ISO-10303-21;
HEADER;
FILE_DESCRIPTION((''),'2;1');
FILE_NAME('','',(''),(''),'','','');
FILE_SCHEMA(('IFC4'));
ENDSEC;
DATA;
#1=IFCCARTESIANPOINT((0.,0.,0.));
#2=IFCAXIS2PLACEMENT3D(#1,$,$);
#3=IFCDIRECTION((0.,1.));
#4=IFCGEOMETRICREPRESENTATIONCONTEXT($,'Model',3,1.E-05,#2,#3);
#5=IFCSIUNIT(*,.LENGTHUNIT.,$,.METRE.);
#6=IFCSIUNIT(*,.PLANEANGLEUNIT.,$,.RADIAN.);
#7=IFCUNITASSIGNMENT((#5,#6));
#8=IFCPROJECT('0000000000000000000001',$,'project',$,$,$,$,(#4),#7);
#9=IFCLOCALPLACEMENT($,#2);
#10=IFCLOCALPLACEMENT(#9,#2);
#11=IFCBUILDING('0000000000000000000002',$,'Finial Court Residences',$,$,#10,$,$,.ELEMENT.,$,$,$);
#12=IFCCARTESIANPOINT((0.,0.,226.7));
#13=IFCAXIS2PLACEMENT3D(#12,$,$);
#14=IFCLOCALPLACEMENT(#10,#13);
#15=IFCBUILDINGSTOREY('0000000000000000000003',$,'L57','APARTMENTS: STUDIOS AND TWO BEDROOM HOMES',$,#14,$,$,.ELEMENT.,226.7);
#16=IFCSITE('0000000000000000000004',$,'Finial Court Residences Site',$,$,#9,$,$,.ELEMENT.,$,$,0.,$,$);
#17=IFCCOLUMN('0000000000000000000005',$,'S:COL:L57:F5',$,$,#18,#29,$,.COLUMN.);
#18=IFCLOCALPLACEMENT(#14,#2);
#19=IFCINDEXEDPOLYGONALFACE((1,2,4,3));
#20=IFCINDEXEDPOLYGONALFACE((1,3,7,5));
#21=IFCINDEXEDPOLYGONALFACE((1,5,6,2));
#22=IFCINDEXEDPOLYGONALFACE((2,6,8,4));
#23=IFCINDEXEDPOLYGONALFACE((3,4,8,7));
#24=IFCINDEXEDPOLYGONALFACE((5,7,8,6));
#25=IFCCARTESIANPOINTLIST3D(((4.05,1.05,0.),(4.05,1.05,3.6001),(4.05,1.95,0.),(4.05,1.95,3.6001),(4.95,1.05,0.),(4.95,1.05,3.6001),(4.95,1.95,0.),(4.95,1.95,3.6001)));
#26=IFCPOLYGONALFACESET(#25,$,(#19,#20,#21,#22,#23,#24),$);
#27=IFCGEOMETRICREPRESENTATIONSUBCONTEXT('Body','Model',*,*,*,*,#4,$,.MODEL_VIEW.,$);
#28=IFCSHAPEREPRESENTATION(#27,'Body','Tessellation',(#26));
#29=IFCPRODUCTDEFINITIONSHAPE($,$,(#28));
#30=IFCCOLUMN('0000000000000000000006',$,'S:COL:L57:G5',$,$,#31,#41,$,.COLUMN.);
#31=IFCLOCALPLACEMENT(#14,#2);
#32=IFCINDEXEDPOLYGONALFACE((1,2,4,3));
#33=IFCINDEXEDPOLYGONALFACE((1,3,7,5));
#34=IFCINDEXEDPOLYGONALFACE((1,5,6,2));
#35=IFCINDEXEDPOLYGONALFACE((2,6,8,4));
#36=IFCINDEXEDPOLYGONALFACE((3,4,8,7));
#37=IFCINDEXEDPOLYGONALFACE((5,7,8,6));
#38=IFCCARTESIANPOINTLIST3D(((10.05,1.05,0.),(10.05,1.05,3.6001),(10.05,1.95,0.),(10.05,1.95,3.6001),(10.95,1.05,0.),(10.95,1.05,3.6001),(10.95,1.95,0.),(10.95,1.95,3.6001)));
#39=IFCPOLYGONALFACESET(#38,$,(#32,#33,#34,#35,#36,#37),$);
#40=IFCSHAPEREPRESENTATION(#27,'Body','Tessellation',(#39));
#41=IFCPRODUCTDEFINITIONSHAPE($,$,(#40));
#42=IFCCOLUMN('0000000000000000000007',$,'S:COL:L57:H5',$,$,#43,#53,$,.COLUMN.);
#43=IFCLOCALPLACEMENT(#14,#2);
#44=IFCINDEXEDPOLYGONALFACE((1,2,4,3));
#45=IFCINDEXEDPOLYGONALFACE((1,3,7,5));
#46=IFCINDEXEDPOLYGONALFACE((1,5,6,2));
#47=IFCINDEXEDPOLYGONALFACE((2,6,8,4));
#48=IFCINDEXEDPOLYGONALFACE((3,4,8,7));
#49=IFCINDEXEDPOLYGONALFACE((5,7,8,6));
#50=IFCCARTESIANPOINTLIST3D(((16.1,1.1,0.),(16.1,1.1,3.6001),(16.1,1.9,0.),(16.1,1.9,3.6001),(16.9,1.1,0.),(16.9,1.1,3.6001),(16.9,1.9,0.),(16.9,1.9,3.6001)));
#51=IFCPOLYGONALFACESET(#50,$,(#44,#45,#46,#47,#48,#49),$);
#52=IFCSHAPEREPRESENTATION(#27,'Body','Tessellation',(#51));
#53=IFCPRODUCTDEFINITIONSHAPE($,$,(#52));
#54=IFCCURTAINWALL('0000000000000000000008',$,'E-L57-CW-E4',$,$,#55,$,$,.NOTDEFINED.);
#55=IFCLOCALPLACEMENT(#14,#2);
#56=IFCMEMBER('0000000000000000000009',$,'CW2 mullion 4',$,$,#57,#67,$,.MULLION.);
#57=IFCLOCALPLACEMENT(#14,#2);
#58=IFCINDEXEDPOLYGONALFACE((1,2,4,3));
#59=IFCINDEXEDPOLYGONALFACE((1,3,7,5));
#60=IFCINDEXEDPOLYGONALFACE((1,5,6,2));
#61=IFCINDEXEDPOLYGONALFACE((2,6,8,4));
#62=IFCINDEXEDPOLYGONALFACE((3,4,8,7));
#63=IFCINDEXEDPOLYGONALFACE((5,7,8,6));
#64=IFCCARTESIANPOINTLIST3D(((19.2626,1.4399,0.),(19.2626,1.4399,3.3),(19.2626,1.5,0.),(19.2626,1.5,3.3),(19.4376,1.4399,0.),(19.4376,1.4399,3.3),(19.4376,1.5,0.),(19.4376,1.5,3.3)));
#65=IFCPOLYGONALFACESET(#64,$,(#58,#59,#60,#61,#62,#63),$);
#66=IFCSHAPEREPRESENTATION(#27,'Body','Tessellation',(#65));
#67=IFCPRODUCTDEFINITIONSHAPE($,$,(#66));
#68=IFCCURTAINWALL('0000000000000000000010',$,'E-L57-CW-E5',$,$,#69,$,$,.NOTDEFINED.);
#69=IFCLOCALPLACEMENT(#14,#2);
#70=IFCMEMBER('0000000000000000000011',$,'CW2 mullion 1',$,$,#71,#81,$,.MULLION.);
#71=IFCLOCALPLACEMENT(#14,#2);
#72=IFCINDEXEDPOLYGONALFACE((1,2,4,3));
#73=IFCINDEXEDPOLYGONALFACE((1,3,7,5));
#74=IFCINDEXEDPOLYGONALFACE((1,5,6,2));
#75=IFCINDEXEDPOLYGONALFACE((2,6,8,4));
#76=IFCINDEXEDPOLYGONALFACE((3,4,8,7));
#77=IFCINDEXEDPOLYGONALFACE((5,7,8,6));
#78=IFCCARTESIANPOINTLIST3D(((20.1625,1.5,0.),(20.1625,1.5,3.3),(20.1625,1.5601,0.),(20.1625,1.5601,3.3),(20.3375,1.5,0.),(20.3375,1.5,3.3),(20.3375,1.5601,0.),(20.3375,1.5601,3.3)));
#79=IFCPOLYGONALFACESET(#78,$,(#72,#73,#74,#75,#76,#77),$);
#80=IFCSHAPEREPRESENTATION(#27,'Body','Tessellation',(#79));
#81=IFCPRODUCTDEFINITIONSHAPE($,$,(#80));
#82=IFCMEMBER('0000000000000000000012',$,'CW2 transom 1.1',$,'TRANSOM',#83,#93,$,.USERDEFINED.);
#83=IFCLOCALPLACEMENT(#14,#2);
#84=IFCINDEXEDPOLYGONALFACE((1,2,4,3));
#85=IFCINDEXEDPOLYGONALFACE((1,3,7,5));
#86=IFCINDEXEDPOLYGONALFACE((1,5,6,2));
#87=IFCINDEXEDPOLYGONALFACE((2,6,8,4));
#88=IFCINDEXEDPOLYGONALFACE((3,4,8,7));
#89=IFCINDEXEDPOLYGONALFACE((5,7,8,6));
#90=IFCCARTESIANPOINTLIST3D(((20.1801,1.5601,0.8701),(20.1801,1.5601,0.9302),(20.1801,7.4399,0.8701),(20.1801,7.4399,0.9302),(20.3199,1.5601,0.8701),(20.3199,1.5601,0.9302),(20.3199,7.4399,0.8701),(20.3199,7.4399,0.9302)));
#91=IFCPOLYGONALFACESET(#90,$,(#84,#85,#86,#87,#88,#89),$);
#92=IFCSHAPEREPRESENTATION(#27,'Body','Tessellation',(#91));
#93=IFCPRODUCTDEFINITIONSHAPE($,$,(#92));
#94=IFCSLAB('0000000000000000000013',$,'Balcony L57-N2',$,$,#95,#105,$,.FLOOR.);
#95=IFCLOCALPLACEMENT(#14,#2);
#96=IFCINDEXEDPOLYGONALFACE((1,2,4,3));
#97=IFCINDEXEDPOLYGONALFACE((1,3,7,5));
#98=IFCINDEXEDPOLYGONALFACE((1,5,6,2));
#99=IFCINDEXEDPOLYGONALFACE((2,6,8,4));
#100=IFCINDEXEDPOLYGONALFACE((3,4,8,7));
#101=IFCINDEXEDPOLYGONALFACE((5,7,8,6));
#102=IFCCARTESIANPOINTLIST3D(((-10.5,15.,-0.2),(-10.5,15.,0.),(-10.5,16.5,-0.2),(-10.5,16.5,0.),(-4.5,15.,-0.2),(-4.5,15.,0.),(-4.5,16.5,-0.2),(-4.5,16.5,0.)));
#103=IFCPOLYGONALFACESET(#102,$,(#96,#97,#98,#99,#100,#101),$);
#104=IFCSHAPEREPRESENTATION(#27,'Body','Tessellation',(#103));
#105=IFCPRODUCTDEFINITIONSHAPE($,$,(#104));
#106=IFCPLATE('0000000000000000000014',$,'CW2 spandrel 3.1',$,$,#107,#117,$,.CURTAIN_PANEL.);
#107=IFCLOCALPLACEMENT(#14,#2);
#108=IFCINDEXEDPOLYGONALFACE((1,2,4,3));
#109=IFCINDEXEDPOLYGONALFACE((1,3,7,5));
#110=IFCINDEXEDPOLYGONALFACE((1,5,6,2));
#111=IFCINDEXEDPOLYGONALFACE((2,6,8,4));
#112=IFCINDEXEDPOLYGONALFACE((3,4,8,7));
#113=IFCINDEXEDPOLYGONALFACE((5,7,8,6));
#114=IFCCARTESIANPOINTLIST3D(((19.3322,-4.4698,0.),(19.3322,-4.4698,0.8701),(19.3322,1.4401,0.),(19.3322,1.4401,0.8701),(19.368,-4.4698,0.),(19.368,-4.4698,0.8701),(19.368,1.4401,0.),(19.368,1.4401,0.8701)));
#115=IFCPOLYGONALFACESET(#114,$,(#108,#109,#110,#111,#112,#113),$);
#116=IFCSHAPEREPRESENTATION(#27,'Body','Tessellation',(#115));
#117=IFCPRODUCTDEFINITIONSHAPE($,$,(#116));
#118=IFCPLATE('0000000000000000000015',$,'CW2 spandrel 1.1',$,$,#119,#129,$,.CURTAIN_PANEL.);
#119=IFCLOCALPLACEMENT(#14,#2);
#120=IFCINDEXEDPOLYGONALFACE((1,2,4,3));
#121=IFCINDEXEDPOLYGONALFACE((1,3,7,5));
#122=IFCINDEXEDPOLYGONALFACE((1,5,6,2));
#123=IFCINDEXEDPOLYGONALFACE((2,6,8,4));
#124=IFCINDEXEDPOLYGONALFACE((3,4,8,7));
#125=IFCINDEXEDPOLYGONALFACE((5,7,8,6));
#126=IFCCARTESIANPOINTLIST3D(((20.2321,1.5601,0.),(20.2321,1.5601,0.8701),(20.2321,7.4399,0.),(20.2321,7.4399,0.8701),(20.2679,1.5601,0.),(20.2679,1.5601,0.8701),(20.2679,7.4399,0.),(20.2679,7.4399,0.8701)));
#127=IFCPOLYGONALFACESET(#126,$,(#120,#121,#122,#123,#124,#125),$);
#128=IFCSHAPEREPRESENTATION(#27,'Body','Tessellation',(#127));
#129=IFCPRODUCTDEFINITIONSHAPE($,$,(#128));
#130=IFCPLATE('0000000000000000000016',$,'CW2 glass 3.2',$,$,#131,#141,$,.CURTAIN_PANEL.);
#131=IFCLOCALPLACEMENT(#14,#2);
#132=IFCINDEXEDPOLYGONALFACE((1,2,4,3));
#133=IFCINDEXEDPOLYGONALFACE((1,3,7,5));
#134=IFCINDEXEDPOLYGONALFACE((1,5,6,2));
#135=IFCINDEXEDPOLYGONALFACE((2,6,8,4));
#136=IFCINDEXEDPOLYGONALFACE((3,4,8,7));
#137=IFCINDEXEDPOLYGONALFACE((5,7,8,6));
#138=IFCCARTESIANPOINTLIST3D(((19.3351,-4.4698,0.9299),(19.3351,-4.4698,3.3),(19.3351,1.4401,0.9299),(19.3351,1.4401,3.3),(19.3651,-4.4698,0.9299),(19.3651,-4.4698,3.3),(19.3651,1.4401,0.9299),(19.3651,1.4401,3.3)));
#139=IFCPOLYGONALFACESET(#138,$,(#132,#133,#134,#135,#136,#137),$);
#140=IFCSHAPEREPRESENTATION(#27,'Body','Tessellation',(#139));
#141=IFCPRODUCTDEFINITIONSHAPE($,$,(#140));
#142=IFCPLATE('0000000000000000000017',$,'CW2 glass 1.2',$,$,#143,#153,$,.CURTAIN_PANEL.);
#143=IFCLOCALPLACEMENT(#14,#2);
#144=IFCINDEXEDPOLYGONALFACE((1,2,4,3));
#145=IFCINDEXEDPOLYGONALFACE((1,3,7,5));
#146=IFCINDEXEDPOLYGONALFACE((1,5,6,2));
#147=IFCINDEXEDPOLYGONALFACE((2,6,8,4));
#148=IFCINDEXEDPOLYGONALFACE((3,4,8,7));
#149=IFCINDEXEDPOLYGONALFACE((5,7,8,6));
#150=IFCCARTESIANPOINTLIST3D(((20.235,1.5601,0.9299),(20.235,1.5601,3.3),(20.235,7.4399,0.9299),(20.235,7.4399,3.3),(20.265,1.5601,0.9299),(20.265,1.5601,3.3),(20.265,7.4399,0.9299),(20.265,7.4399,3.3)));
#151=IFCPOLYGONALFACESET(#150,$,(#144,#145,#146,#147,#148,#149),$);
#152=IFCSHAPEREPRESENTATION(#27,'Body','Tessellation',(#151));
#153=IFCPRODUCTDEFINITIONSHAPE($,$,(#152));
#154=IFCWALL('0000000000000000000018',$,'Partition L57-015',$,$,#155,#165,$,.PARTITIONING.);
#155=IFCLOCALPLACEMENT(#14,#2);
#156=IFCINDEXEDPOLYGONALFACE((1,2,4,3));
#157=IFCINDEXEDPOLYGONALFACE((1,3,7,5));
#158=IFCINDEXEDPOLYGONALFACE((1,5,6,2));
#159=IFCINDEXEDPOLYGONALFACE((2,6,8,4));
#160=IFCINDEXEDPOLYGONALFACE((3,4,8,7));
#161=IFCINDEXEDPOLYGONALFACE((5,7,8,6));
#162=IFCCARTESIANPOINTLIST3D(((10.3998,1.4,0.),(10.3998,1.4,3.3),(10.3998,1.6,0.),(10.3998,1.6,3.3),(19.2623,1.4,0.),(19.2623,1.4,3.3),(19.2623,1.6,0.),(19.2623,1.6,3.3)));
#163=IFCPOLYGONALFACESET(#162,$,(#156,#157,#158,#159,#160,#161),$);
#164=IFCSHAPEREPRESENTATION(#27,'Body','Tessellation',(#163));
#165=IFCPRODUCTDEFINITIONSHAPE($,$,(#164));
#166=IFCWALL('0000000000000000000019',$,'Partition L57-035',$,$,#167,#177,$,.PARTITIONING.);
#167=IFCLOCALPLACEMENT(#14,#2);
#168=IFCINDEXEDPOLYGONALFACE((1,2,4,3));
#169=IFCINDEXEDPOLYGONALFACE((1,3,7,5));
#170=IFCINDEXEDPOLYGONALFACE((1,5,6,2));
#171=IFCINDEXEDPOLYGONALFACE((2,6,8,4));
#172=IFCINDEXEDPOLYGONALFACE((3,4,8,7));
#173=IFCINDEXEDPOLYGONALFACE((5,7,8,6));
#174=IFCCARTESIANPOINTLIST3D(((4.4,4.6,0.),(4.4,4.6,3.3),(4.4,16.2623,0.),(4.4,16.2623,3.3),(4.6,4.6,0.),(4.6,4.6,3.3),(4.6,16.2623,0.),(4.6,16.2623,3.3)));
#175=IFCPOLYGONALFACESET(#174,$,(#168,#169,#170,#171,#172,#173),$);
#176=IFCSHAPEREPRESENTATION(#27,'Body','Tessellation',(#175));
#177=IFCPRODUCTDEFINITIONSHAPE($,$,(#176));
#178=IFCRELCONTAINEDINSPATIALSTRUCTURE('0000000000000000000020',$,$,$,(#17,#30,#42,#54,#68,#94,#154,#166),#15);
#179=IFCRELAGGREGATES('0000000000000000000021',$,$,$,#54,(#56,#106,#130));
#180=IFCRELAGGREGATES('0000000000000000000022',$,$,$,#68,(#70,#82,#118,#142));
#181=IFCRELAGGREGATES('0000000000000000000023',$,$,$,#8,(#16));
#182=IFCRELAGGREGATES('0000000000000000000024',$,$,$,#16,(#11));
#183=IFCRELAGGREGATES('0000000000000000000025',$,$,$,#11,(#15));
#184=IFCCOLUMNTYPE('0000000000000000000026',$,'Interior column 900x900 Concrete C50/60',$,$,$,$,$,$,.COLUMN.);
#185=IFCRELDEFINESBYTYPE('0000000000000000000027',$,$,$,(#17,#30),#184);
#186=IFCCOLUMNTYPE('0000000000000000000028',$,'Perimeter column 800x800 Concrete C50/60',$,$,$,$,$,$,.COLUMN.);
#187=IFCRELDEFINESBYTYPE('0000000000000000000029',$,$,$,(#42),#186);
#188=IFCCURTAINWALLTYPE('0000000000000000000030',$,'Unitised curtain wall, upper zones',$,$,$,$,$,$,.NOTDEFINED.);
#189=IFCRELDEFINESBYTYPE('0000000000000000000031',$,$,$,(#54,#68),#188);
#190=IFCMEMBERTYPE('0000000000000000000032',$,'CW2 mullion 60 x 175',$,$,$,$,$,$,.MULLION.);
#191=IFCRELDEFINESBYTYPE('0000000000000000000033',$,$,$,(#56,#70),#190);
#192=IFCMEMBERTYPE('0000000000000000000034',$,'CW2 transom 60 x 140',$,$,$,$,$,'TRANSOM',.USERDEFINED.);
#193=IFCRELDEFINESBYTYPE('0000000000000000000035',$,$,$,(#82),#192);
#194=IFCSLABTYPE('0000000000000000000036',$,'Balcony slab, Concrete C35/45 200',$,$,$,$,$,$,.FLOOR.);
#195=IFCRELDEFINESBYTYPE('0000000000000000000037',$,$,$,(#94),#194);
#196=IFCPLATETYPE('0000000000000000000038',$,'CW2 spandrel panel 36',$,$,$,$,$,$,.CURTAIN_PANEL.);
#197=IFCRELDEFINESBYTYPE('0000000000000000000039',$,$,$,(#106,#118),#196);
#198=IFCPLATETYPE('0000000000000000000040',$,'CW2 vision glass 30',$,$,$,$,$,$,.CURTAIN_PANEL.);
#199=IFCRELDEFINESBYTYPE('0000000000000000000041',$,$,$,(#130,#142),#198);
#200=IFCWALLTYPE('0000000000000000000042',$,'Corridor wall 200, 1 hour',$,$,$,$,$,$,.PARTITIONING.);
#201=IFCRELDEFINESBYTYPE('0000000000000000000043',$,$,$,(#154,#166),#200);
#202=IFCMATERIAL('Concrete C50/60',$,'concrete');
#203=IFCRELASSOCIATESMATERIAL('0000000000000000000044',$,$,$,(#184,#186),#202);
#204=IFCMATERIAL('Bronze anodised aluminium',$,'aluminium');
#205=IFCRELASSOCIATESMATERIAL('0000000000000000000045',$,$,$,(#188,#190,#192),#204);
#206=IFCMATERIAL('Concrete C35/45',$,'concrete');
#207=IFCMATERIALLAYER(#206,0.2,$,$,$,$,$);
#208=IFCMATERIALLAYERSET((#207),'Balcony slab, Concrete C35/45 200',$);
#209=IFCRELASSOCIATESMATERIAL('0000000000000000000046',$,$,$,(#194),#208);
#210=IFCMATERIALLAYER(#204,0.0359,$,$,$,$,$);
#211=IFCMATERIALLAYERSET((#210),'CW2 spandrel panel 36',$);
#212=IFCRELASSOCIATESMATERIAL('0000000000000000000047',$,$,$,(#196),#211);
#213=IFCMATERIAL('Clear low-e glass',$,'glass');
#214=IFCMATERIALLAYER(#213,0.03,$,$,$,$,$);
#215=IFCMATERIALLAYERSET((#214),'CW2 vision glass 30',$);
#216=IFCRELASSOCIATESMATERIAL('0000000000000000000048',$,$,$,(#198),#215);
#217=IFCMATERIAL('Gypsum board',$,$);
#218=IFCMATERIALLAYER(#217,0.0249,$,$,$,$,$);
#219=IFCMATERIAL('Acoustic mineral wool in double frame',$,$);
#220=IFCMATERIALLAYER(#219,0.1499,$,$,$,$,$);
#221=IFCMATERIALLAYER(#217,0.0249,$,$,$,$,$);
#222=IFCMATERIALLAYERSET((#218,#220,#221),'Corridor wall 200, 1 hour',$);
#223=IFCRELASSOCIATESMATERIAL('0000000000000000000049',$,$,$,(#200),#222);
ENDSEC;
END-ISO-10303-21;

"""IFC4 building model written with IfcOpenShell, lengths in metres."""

from ifc_helpers import new_model, si_unit, direction, frame, frame_2d, origin, origin_2d, place, context, subcontext, project, spatial, polyline, rectangle, outline, extrude, material, layer, layer_set, material_profile, profile_set, type_object, element, aggregate, save


model = new_model("IFC4")

# Units and contexts
model_context = context("Model", 3, precision=1e-05, world=origin(), true_north=direction((0.0, 1.0)))
body_context = subcontext(model_context, "Body", "Model", "MODEL_VIEW")
ifc_project = project(units=[si_unit("LENGTHUNIT", "METRE"), si_unit("PLANEANGLEUNIT", "RADIAN")], contexts=[model_context])

# Site, building, storey
site_placement = place(None, origin())
site = spatial("IfcSite", under=ifc_project, at=site_placement, Name="Finial Court Residences Site", CompositionType="ELEMENT", RefElevation=0.0)
building_placement = place(site_placement, origin())
building = spatial("IfcBuilding", under=site, at=building_placement, Name="Finial Court Residences", CompositionType="ELEMENT")
storey_placement = place(building_placement, frame((0.0, 0.0, 226.7)))
storey = spatial("IfcBuildingStorey", under=building, at=storey_placement, Name="L57", Description="APARTMENTS: STUDIOS AND TWO BEDROOM HOMES", CompositionType="ELEMENT", Elevation=226.7)

# Columns
ifc_material_1 = material(Name="Concrete C50/60", Category="concrete")
ifc_material_profile_1 = material_profile(ifc_material_1, rectangle(XDim=0.8999, YDim=0.8999, at=origin_2d()), Name="900x900")
ifc_profile_set_1 = profile_set([ifc_material_profile_1], Name="Concrete C50/60")
column_type_1 = type_object("IfcColumnType", Name="Interior column 900x900 Concrete C50/60", PredefinedType="COLUMN", material=ifc_profile_set_1)
for number, where, z_axis, x_axis, name in (
    (1, (4.5, 1.5, 0.0), (0.0, 0.0, 1.0), (1.0, 0.0, 0.0), "S:COL:L57:F5"),
    (2, (10.5, 1.5, 0.0), (0.0, 0.0, 1.0), (1.0, 0.0, 0.0), "S:COL:L57:G5"),
):
    element("IfcColumn", number, at=place(storey_placement, frame(where, z_axis=z_axis, x_axis=x_axis)), inside=storey, type_object=column_type_1, Name=name, PredefinedType="COLUMN", context=body_context, shape_type="SweptSolid", body=[
        extrude(rectangle(XDim=0.8999, YDim=0.8999, at=origin_2d()), origin(), (0.0, 0.0, 1.0), 3.6001),
    ])
ifc_material_profile_2 = material_profile(ifc_material_1, rectangle(XDim=0.8, YDim=0.8, at=origin_2d()), Name="800x800")
ifc_profile_set_2 = profile_set([ifc_material_profile_2], Name="Concrete C50/60")
column_type_2 = type_object("IfcColumnType", Name="Perimeter column 800x800 Concrete C50/60", PredefinedType="COLUMN", material=ifc_profile_set_2)
column_placement = place(storey_placement, frame((16.5, 1.5, 0.0), z_axis=(0.0, 0.0, 1.0), x_axis=(1.0, 0.0, 0.0)))
element("IfcColumn", 3, at=column_placement, inside=storey, type_object=column_type_2, Name="S:COL:L57:H5", PredefinedType="COLUMN", context=body_context, shape_type="SweptSolid", body=[
    extrude(rectangle(XDim=0.8, YDim=0.8, at=origin_2d()), origin(), (0.0, 0.0, 1.0), 3.6001),
])

# Curtain wall, member
ifc_material_2 = material(Name="Bronze anodised aluminium", Category="aluminium")
curtain_wall_type = type_object("IfcCurtainWallType", Name="Unitised curtain wall, upper zones", PredefinedType="NOTDEFINED", material=ifc_material_2)
curtain_wall_1_placement = place(storey_placement, origin())
curtain_wall_1 = element("IfcCurtainWall", 4, at=curtain_wall_1_placement, inside=storey, type_object=curtain_wall_type, Name="E-L57-CW-E4", PredefinedType="NOTDEFINED")
ifc_material_profile_3 = material_profile(ifc_material_2, rectangle(XDim=0.175, YDim=0.0601, at=origin_2d()), Name="CW2 mullion 60 x 175")
ifc_profile_set_3 = profile_set([ifc_material_profile_3], Name="Bronze anodised aluminium")
member_type_1 = type_object("IfcMemberType", Name="CW2 mullion 60 x 175", PredefinedType="MULLION", material=ifc_profile_set_3)
member_1_placement = place(storey_placement, frame((19.3501, 1.47, 0.0), z_axis=(0.0, 0.0, 1.0), x_axis=(-1.0, 0.0, 0.0)))
member_1 = element("IfcMember", 5, at=member_1_placement, type_object=member_type_1, Name="CW2 mullion 4", PredefinedType="MULLION", context=body_context, shape_type="SweptSolid", body=[
    extrude(rectangle(XDim=0.175, YDim=0.0601, at=origin_2d()), origin(), (0.0, 0.0, 1.0), 3.3),
])

# Curtain wall, members
curtain_wall_2_placement = place(storey_placement, origin())
curtain_wall_2 = element("IfcCurtainWall", 6, at=curtain_wall_2_placement, inside=storey, type_object=curtain_wall_type, Name="E-L57-CW-E5", PredefinedType="NOTDEFINED")
member_2_placement = place(storey_placement, frame((20.25, 1.53, 0.0), z_axis=(0.0, 0.0, 1.0), x_axis=(-1.0, 0.0, 0.0)))
member_2 = element("IfcMember", 7, at=member_2_placement, type_object=member_type_1, Name="CW2 mullion 1", PredefinedType="MULLION", context=body_context, shape_type="SweptSolid", body=[
    extrude(rectangle(XDim=0.175, YDim=0.0601, at=origin_2d()), origin(), (0.0, 0.0, 1.0), 3.3),
])
ifc_material_profile_4 = material_profile(ifc_material_2, rectangle(XDim=0.1399, YDim=0.0601, at=origin_2d()), Name="CW2 transom 60 x 140")
ifc_profile_set_4 = profile_set([ifc_material_profile_4], Name="Bronze anodised aluminium")
member_type_2 = type_object("IfcMemberType", Name="CW2 transom 60 x 140", ElementType="TRANSOM", PredefinedType="USERDEFINED", material=ifc_profile_set_4)
member_3_placement = place(storey_placement, frame((20.25, 1.5601, 0.9001), z_axis=(0.0, 1.0, 0.0), x_axis=(-1.0, 0.0, 0.0)))
member_3 = element("IfcMember", 8, at=member_3_placement, type_object=member_type_2, Name="CW2 transom 1.1", ObjectType="TRANSOM", PredefinedType="USERDEFINED", context=body_context, shape_type="SweptSolid", body=[
    extrude(rectangle(XDim=0.1399, YDim=0.0601, at=origin_2d()), origin(), (0.0, 0.0, 1.0), 5.8799),
])

# Slab
ifc_material_3 = material(Name="Concrete C35/45", Category="concrete")
ifc_layer_1 = layer(ifc_material_3, 0.2)
ifc_layer_set_1 = layer_set([ifc_layer_1], Name="Balcony slab, Concrete C35/45 200")
slab_type = type_object("IfcSlabType", Name="Balcony slab, Concrete C35/45 200", PredefinedType="FLOOR", material=ifc_layer_set_1)
slab_placement = place(storey_placement, frame((0.0, 0.0, -0.2)))
element("IfcSlab", 9, at=slab_placement, inside=storey, type_object=slab_type, Name="Balcony L57-N2", PredefinedType="FLOOR", context=body_context, shape_type="SweptSolid", body=[
    extrude(outline(polyline([(-4.5, 15.0), (-4.5, 16.5), (-10.5, 16.5), (-10.5, 15.0), (-4.5, 15.0)])), origin(), (0.0, 0.0, 1.0), 0.2),
])

# Plates
ifc_layer_2 = layer(ifc_material_2, 0.0359)
ifc_layer_set_2 = layer_set([ifc_layer_2], Name="CW2 spandrel panel 36")
plate_type_1 = type_object("IfcPlateType", Name="CW2 spandrel panel 36", PredefinedType="CURTAIN_PANEL", material=ifc_layer_set_2)
plate_1_placement = place(storey_placement, frame((19.3501, -1.5149, 0.0), z_axis=(0.0, 0.0, 1.0), x_axis=(0.0, 1.0, 0.0)))
plate_1 = element("IfcPlate", 10, at=plate_1_placement, type_object=plate_type_1, Name="CW2 spandrel 3.1", PredefinedType="CURTAIN_PANEL", context=body_context, shape_type="SweptSolid", body=[
    extrude(rectangle(XDim=5.9099, YDim=0.0359, at=origin_2d()), origin(), (0.0, 0.0, 1.0), 0.8701),
])
plate_2_placement = place(storey_placement, frame((20.25, 4.5, 0.0), z_axis=(0.0, 0.0, 1.0), x_axis=(0.0, 1.0, 0.0)))
plate_2 = element("IfcPlate", 11, at=plate_2_placement, type_object=plate_type_1, Name="CW2 spandrel 1.1", PredefinedType="CURTAIN_PANEL", context=body_context, shape_type="SweptSolid", body=[
    extrude(rectangle(XDim=5.8799, YDim=0.0359, at=origin_2d()), origin(), (0.0, 0.0, 1.0), 0.8701),
])
ifc_material_4 = material(Name="Clear low-e glass", Category="glass")
ifc_layer_3 = layer(ifc_material_4, 0.03)
ifc_layer_set_3 = layer_set([ifc_layer_3], Name="CW2 vision glass 30")
plate_type_2 = type_object("IfcPlateType", Name="CW2 vision glass 30", PredefinedType="CURTAIN_PANEL", material=ifc_layer_set_3)
plate_3_placement = place(storey_placement, frame((19.3501, -1.5149, 0.9299), z_axis=(0.0, 0.0, 1.0), x_axis=(0.0, 1.0, 0.0)))
plate_3 = element("IfcPlate", 12, at=plate_3_placement, type_object=plate_type_2, Name="CW2 glass 3.2", PredefinedType="CURTAIN_PANEL", context=body_context, shape_type="SweptSolid", body=[
    extrude(rectangle(XDim=5.9099, YDim=0.03, at=origin_2d()), origin(), (0.0, 0.0, 1.0), 2.3701),
])
aggregate(curtain_wall_1, [member_1, plate_1, plate_3])
plate_4_placement = place(storey_placement, frame((20.25, 4.5, 0.9299), z_axis=(0.0, 0.0, 1.0), x_axis=(0.0, 1.0, 0.0)))
plate_4 = element("IfcPlate", 13, at=plate_4_placement, type_object=plate_type_2, Name="CW2 glass 1.2", PredefinedType="CURTAIN_PANEL", context=body_context, shape_type="SweptSolid", body=[
    extrude(rectangle(XDim=5.8799, YDim=0.03, at=origin_2d()), origin(), (0.0, 0.0, 1.0), 2.3701),
])
aggregate(curtain_wall_2, [member_2, member_3, plate_2, plate_4])

# Walls
ifc_material_5 = material(Name="Gypsum board")
ifc_layer_4 = layer(ifc_material_5, 0.0249)
ifc_material_6 = material(Name="Acoustic mineral wool in double frame")
ifc_layer_5 = layer(ifc_material_6, 0.1499)
ifc_layer_6 = layer(ifc_material_5, 0.0249)
ifc_layer_set_4 = layer_set([ifc_layer_4, ifc_layer_5, ifc_layer_6], Name="Corridor wall 200, 1 hour")
wall_type_1 = type_object("IfcWallType", Name="Corridor wall 200, 1 hour", PredefinedType="PARTITIONING", material=ifc_layer_set_4)
wall_1_placement = place(storey_placement, frame((10.3999, 1.5, 0.0), z_axis=(0.0, 0.0, 1.0), x_axis=(1.0, 0.0, 0.0)))
element("IfcWall", 14, at=wall_1_placement, inside=storey, type_object=wall_type_1, Name="Partition L57-015", PredefinedType="PARTITIONING", context=body_context, shape_type="SweptSolid", body=[
    extrude(rectangle(XDim=8.8625, YDim=0.2, at=frame_2d((4.4312, 0.0))), origin(), (0.0, 0.0, 1.0), 3.3),
])
wall_2_placement = place(storey_placement, frame((4.5, 4.6001, 0.0), z_axis=(0.0, 0.0, 1.0), x_axis=(0.0, 1.0, 0.0)))
element("IfcWall", 15, at=wall_2_placement, inside=storey, type_object=wall_type_1, Name="Partition L57-035", PredefinedType="PARTITIONING", context=body_context, shape_type="SweptSolid", body=[
    extrude(rectangle(XDim=11.6624, YDim=0.2, at=frame_2d((5.8311, 0.0))), origin(), (0.0, 0.0, 1.0), 3.3),
])

save(model, "model.ifc")
